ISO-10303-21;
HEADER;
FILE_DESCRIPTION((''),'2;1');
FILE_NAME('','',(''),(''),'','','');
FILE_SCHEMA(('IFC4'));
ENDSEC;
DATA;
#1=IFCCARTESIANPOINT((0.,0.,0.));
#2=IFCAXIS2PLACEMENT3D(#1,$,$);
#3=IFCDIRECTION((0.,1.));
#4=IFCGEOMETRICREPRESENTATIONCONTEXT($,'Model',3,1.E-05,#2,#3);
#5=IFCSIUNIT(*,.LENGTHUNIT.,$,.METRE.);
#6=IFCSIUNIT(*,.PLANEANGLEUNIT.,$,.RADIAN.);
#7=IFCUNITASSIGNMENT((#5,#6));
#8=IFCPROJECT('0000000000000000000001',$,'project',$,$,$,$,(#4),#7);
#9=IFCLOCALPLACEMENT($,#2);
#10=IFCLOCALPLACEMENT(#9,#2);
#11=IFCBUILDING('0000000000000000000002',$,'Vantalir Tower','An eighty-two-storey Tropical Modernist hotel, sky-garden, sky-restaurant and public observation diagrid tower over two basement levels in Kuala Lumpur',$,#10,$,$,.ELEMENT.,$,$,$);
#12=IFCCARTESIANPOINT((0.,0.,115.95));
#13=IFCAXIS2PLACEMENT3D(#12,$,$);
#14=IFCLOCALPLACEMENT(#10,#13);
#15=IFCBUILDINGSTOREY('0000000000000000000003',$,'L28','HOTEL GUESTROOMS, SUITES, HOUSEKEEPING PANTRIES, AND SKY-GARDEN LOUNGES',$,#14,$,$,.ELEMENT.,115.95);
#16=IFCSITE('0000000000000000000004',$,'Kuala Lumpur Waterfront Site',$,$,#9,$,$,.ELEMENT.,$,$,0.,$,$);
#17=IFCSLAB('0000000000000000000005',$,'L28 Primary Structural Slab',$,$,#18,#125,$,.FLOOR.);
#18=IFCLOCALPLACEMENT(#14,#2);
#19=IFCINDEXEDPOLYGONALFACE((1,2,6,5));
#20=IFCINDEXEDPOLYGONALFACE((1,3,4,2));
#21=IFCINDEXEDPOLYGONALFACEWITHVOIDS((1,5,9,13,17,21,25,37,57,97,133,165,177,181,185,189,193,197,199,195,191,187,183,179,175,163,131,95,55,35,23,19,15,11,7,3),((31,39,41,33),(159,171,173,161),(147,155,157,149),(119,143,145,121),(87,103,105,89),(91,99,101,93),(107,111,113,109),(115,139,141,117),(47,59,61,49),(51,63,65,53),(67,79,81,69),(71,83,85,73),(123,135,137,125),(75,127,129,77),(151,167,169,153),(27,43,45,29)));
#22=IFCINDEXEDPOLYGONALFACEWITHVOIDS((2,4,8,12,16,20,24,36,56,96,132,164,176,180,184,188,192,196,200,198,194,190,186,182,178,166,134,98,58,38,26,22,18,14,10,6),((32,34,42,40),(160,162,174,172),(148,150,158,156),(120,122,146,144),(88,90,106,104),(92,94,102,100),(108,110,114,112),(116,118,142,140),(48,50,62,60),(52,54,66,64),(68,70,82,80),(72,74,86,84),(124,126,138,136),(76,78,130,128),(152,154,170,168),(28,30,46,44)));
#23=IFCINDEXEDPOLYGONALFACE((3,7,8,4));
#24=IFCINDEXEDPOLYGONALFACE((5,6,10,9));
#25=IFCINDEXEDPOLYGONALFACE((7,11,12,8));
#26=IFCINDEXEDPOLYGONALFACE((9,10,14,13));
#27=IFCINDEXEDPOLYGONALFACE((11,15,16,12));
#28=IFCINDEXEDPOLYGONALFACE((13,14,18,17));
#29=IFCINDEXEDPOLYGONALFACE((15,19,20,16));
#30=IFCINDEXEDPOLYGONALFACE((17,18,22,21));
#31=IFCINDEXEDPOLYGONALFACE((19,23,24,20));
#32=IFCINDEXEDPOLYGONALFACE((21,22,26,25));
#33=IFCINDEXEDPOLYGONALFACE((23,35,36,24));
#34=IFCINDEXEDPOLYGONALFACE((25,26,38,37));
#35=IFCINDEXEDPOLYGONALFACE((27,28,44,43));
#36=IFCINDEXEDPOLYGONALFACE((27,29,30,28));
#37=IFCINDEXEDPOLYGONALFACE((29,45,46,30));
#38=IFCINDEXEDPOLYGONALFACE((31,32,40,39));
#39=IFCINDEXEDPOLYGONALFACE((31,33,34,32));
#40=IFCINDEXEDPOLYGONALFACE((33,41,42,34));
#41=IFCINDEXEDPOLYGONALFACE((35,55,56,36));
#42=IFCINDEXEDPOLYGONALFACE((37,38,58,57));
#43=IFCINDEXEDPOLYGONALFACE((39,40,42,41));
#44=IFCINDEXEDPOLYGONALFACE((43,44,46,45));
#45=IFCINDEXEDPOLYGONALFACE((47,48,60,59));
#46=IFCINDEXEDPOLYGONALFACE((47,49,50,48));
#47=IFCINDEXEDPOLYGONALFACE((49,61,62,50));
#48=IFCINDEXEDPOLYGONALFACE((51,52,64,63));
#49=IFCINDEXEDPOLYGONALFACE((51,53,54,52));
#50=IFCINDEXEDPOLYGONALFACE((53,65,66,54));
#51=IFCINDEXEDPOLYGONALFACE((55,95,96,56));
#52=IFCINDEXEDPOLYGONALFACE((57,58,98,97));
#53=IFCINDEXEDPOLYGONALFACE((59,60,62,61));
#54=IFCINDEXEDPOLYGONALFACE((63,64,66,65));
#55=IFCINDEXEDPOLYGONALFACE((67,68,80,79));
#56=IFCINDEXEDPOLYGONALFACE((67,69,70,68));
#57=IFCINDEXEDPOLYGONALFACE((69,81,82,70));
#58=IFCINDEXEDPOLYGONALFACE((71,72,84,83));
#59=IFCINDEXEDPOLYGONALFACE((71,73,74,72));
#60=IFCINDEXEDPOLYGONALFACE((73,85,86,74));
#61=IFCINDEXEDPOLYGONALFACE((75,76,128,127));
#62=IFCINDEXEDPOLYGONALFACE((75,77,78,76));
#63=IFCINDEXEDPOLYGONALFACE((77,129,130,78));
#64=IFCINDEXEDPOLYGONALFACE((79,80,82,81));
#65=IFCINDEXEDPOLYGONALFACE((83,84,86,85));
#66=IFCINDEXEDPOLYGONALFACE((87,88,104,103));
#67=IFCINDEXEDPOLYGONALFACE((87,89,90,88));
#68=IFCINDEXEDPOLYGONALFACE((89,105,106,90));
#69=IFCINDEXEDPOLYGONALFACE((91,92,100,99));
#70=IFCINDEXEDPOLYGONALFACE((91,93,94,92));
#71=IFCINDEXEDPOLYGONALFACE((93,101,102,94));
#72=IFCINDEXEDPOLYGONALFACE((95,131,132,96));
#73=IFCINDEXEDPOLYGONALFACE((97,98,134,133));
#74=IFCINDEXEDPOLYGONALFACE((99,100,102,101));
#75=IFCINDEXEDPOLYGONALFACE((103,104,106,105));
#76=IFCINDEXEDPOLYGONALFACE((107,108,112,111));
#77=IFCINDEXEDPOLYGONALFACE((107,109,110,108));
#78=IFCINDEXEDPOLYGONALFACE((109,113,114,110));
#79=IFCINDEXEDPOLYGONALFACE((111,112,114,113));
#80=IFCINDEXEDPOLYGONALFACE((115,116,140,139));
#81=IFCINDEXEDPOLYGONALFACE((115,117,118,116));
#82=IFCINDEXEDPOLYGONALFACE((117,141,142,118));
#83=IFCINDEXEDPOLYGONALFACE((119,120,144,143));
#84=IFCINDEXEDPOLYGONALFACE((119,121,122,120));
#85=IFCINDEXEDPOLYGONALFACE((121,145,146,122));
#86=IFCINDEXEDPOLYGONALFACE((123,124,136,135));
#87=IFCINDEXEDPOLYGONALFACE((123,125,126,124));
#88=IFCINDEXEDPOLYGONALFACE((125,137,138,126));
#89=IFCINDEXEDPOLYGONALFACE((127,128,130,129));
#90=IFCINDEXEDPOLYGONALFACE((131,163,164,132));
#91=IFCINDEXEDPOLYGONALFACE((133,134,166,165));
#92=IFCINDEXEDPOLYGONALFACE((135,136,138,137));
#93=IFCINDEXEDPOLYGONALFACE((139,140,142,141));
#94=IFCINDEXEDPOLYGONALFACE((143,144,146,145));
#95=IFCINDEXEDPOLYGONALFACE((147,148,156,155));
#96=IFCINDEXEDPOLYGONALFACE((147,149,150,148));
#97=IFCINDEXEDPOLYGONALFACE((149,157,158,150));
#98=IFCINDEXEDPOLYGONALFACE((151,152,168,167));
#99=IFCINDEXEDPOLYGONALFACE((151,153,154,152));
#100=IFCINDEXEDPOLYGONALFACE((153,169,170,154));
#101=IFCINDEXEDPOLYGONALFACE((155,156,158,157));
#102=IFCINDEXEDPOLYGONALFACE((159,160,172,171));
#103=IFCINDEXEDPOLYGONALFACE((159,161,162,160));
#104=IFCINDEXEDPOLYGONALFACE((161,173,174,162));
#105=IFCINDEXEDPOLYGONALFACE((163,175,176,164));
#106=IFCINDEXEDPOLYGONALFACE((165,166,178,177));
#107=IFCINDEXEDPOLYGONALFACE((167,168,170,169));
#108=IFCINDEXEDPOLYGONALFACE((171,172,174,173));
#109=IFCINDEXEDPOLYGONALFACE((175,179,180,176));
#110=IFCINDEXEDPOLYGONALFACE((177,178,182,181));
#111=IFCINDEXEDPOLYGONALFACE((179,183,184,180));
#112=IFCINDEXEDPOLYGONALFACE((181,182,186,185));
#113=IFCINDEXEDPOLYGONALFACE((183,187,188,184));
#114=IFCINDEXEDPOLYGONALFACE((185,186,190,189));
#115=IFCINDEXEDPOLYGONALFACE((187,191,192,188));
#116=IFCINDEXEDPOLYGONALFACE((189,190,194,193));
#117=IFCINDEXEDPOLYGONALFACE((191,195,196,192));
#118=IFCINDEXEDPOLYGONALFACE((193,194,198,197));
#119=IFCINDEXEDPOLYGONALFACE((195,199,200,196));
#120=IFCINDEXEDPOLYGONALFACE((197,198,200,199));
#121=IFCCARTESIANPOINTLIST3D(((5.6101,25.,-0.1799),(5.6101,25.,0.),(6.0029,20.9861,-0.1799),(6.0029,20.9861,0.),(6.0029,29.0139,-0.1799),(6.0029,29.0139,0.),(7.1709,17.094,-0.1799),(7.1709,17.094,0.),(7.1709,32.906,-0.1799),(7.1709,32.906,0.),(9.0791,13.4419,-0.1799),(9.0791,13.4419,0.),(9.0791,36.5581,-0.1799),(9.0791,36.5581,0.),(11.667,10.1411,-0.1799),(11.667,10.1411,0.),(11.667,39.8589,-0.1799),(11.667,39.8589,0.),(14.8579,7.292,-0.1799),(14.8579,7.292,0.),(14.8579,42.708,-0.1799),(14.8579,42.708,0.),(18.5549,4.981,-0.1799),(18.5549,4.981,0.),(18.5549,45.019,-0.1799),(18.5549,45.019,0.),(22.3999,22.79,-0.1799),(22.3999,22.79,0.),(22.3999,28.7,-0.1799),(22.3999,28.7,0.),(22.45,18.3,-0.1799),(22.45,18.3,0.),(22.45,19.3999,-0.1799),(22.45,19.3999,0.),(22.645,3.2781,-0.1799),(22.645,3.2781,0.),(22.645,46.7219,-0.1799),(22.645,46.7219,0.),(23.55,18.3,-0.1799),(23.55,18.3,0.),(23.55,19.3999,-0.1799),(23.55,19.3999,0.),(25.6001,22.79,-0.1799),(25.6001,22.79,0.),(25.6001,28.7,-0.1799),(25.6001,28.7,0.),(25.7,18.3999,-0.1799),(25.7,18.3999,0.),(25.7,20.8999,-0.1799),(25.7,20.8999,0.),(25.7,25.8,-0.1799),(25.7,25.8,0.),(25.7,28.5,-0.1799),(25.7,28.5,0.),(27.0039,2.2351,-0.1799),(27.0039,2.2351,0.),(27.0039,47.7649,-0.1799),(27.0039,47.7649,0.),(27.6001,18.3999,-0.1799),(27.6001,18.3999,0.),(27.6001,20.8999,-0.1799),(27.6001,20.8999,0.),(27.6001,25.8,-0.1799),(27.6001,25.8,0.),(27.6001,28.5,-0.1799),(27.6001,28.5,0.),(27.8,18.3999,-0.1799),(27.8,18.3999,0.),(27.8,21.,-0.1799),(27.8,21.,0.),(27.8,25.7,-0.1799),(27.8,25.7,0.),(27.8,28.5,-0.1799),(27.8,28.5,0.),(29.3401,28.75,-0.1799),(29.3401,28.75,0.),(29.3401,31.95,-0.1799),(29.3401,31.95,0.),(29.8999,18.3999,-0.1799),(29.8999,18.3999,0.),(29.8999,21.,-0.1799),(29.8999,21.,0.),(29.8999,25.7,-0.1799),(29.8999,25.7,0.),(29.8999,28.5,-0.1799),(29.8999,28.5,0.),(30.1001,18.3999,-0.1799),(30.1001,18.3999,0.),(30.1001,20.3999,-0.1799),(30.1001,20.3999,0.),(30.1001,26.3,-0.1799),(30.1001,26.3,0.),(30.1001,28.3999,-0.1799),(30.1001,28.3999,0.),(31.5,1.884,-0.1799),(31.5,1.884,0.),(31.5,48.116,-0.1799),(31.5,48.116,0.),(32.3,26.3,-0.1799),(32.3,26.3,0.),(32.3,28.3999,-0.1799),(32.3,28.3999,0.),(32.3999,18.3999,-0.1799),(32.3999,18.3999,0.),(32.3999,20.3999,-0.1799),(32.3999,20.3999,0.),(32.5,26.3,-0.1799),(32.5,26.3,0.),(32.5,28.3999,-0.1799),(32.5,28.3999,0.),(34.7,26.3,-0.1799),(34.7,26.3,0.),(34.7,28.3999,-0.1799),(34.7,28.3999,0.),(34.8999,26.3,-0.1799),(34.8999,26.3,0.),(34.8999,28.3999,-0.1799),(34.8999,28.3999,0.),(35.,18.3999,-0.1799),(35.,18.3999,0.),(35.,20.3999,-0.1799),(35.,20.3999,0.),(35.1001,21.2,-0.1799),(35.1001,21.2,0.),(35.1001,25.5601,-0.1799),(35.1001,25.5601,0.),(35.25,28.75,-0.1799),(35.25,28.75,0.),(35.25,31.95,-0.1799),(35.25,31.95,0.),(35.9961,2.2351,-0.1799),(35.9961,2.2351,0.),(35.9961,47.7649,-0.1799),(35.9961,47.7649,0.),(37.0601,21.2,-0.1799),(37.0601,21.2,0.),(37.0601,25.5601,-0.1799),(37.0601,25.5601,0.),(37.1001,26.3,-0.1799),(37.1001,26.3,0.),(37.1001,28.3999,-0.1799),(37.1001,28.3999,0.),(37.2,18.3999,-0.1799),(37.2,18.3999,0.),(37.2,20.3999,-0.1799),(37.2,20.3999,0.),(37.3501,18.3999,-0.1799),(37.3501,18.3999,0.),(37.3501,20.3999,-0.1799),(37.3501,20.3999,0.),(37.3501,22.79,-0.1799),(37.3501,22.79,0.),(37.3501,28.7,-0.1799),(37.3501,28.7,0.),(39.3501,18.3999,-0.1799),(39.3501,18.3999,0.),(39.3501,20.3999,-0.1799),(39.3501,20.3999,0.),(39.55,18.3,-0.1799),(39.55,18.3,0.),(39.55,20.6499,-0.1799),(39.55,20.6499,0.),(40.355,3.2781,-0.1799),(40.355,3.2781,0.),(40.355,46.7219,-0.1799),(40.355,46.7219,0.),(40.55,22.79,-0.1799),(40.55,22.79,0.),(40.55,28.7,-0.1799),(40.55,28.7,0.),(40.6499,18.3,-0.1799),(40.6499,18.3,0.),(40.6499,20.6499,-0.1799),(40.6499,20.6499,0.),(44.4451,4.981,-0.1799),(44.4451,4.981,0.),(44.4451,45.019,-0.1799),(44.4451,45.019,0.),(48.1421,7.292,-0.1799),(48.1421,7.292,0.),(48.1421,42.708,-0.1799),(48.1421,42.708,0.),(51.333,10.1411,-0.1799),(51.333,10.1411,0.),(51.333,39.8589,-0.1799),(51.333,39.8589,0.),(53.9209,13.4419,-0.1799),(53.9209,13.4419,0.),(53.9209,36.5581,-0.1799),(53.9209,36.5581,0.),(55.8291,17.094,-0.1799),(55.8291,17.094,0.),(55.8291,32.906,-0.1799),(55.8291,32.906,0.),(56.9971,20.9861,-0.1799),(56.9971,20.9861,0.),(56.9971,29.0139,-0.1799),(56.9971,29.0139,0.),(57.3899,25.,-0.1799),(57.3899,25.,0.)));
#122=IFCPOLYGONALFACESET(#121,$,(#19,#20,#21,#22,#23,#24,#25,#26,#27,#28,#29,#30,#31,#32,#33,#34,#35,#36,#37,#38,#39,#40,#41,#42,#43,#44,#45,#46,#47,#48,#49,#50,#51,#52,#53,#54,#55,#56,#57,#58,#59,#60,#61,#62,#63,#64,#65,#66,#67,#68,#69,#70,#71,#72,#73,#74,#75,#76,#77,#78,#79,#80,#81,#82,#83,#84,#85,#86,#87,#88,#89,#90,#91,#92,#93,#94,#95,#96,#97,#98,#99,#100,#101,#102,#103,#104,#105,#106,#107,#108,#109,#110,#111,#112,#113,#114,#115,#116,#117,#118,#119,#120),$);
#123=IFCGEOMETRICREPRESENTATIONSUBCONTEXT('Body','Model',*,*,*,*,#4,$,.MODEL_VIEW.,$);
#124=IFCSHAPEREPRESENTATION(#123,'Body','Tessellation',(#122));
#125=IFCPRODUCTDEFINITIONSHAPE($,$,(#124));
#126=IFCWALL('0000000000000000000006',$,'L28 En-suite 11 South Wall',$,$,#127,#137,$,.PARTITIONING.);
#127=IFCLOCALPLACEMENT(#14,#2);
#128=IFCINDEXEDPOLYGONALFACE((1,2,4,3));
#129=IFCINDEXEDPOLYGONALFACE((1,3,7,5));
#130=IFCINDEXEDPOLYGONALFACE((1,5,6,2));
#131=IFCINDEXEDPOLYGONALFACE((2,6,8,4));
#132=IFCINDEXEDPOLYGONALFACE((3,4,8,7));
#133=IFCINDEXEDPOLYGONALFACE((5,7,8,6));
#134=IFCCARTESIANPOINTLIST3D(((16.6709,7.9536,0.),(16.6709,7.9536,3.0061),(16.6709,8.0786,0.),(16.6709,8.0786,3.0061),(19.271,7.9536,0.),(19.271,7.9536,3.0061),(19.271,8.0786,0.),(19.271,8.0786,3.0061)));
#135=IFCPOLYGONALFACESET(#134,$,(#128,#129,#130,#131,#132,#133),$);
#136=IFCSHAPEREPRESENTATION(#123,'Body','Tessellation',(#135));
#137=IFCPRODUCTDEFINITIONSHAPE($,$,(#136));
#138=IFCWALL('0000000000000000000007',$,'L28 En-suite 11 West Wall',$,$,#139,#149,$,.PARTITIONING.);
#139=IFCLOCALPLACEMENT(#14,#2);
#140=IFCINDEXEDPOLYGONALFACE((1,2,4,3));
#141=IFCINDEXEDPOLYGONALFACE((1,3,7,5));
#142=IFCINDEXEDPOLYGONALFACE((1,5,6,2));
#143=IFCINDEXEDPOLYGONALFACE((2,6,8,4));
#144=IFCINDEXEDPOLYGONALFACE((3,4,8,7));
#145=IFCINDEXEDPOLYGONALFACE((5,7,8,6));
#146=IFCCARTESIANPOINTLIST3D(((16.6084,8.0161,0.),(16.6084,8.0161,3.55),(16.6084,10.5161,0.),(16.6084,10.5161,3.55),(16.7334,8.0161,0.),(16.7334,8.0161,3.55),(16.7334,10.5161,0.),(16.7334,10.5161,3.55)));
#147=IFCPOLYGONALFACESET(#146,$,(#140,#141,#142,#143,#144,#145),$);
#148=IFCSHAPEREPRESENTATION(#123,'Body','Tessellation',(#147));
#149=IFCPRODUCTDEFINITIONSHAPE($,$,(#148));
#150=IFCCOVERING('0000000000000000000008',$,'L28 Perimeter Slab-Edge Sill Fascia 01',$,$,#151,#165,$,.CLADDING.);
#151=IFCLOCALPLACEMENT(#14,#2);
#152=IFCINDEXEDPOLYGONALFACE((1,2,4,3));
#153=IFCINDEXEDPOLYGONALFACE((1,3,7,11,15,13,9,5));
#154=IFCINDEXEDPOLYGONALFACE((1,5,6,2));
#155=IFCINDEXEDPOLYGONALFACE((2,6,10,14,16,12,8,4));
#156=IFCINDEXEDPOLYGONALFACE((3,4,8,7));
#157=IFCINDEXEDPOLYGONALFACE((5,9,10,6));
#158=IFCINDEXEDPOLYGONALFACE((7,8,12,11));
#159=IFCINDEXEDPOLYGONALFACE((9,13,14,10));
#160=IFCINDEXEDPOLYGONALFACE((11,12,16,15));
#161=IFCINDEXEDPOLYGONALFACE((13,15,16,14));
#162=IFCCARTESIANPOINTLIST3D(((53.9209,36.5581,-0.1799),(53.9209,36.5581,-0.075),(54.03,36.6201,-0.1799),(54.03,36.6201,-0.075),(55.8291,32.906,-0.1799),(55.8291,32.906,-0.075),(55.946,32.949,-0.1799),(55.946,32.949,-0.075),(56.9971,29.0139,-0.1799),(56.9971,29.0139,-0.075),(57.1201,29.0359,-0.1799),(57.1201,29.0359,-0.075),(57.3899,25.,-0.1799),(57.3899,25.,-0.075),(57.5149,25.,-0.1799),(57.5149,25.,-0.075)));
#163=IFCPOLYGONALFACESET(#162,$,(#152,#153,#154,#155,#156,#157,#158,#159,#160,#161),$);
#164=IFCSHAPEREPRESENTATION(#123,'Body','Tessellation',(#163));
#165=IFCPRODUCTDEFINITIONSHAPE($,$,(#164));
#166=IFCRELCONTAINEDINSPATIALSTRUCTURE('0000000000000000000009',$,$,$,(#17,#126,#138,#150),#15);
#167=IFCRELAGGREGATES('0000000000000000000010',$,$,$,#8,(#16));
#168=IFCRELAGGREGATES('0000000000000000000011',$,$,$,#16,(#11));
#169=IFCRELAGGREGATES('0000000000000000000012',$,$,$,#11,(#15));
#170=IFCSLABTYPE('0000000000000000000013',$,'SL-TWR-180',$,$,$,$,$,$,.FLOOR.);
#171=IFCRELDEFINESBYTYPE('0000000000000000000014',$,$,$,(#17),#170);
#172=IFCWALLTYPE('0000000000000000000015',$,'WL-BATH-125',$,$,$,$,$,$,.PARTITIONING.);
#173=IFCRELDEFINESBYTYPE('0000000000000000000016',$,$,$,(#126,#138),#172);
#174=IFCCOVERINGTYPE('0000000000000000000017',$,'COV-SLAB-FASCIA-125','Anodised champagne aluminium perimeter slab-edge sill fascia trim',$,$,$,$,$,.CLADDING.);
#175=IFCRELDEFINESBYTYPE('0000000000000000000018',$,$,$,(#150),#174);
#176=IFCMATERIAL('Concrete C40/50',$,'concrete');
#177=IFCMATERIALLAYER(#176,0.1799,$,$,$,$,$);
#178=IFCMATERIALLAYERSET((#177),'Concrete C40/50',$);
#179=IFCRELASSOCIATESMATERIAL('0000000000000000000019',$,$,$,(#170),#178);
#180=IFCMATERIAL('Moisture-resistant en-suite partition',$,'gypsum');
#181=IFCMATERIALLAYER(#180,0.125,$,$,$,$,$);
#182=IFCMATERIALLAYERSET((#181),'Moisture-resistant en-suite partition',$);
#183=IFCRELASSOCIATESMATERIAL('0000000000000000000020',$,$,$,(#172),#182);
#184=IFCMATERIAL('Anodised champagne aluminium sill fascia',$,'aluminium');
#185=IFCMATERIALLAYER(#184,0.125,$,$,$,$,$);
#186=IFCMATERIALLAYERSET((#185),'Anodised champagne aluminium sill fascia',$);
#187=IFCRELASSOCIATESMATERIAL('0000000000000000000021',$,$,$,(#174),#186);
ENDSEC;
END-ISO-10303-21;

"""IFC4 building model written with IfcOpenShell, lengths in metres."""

from ifc_helpers import new_model, si_unit, direction, frame, frame_2d, origin, place, context, subcontext, project, spatial, polyline, rectangle, outline, extrude, material, layer, layer_set, type_object, element, save


model = new_model("IFC4")

# Units and contexts
model_context = context("Model", 3, precision=1e-05, world=origin(), true_north=direction((0.0, 1.0)))
body_context = subcontext(model_context, "Body", "Model", "MODEL_VIEW")
ifc_project = project(units=[si_unit("LENGTHUNIT", "METRE"), si_unit("PLANEANGLEUNIT", "RADIAN")], contexts=[model_context])

# Site, building, storey
site_placement = place(None, origin())
site = spatial("IfcSite", under=ifc_project, at=site_placement, Name="Kuala Lumpur Waterfront Site", CompositionType="ELEMENT", RefElevation=0.0)
building_placement = place(site_placement, origin())
building = spatial("IfcBuilding", under=site, at=building_placement, Name="Vantalir Tower", Description="An eighty-two-storey Tropical Modernist hotel, sky-garden, sky-restaurant and public observation diagrid tower over two basement levels in Kuala Lumpur", CompositionType="ELEMENT")
storey_placement = place(building_placement, frame((0.0, 0.0, 115.95)))
storey = spatial("IfcBuildingStorey", under=building, at=storey_placement, Name="L28", Description="HOTEL GUESTROOMS, SUITES, HOUSEKEEPING PANTRIES, AND SKY-GARDEN LOUNGES", CompositionType="ELEMENT", Elevation=115.95)

# Shared definitions
ifc_material_1 = material(Name="Concrete C40/50", Category="concrete")

# Slab
ifc_layer_1 = layer(ifc_material_1, 0.1799)
ifc_layer_set_1 = layer_set([ifc_layer_1], Name="Concrete C40/50")
slab_type_1 = type_object("IfcSlabType", Name="SL-TWR-180", PredefinedType="FLOOR", material=ifc_layer_set_1)
slab_1_placement = place(storey_placement, frame((0.0, 0.0, -0.1799)))
element("IfcSlab", 1, at=slab_1_placement, inside=storey, type_object=slab_type_1, Name="L28 Primary Structural Slab", PredefinedType="FLOOR", context=body_context, shape_type="SweptSolid", body=[
    extrude(outline(polyline([(9.0791, 13.4419), (11.667, 10.1411), (14.8579, 7.292), (18.5549, 4.981), (22.645, 3.2781), (27.0039, 2.2351), (31.5, 1.884), (35.9961, 2.2351), (40.355, 3.2781), (44.4451, 4.981), (48.1421, 7.292), (51.333, 10.1411), (53.9209, 13.4419), (55.8291, 17.094), (56.9971, 20.9861), (57.3899, 25.0), (56.9971, 29.0139), (55.8291, 32.906), (53.9209, 36.5581), (51.333, 39.8589), (48.1421, 42.708), (44.4451, 45.019), (40.355, 46.7219), (35.9961, 47.7649), (31.5, 48.116), (27.0039, 47.7649), (22.645, 46.7219), (18.5549, 45.019), (14.8579, 42.708), (11.667, 39.8589), (9.0791, 36.5581), (7.1709, 32.906), (6.0029, 29.0139), (5.6101, 25.0), (6.0029, 20.9861), (7.1709, 17.094), (9.0791, 13.4419)]), holes=[polyline([(22.3999, 22.79), (22.3999, 28.7), (25.6001, 28.7), (25.6001, 22.79), (22.3999, 22.79)]), polyline([(37.3501, 28.7), (40.55, 28.7), (40.55, 22.79), (37.3501, 22.79), (37.3501, 28.7)]), polyline([(35.25, 28.75), (29.3401, 28.75), (29.3401, 31.95), (35.25, 31.95), (35.25, 28.75)]), polyline([(27.6001, 18.3999), (25.7, 18.3999), (25.7, 20.8999), (27.6001, 20.8999), (27.6001, 18.3999)]), polyline([(25.7, 25.8), (25.7, 28.5), (27.6001, 28.5), (27.6001, 25.8), (25.7, 25.8)]), polyline([(27.8, 21.0), (29.8999, 21.0), (29.8999, 18.3999), (27.8, 18.3999), (27.8, 21.0)]), polyline([(29.8999, 28.5), (29.8999, 25.7), (27.8, 25.7), (27.8, 28.5), (29.8999, 28.5)]), polyline([(32.3999, 18.3999), (30.1001, 18.3999), (30.1001, 20.3999), (32.3999, 20.3999), (32.3999, 18.3999)]), polyline([(37.3501, 18.3999), (37.3501, 20.3999), (39.3501, 20.3999), (39.3501, 18.3999), (37.3501, 18.3999)]), polyline([(35.0, 20.3999), (37.2, 20.3999), (37.2, 18.3999), (35.0, 18.3999), (35.0, 20.3999)]), polyline([(32.3, 28.3999), (32.3, 26.3), (30.1001, 26.3), (30.1001, 28.3999), (32.3, 28.3999)]), polyline([(34.7, 26.3), (32.5, 26.3), (32.5, 28.3999), (34.7, 28.3999), (34.7, 26.3)]), polyline([(34.8999, 26.3), (34.8999, 28.3999), (37.1001, 28.3999), (37.1001, 26.3), (34.8999, 26.3)]), polyline([(35.1001, 25.5601), (37.0601, 25.5601), (37.0601, 21.2), (35.1001, 21.2), (35.1001, 25.5601)]), polyline([(23.55, 19.3999), (23.55, 18.3), (22.45, 18.3), (22.45, 19.3999), (23.55, 19.3999)]), polyline([(40.6499, 18.3), (39.55, 18.3), (39.55, 20.6499), (40.6499, 20.6499), (40.6499, 18.3)])]), origin(), (0.0, 0.0, 1.0), 0.1799),
])

# Walls
ifc_material_2 = material(Name="Moisture-resistant en-suite partition", Category="gypsum")
ifc_layer_2 = layer(ifc_material_2, 0.125)
ifc_layer_set_2 = layer_set([ifc_layer_2], Name="Moisture-resistant en-suite partition")
wall_type = type_object("IfcWallType", Name="WL-BATH-125", PredefinedType="PARTITIONING", material=ifc_layer_set_2)
wall_1_placement = place(storey_placement, frame((16.6709, 8.0161, 0.0), z_axis=(0.0, 0.0, 1.0), x_axis=(1.0, 0.0, 0.0)))
element("IfcWall", 2, at=wall_1_placement, inside=storey, type_object=wall_type, Name="L28 En-suite 11 South Wall", PredefinedType="PARTITIONING", context=body_context, shape_type="SweptSolid", body=[
    extrude(rectangle(XDim=2.6001, YDim=0.125, at=frame_2d((1.3, 0.0))), origin(), (0.0, 0.0, 1.0), 3.0061),
])
wall_2_placement = place(storey_placement, frame((16.6709, 8.0161, 0.0), z_axis=(0.0, 0.0, 1.0), x_axis=(0.0, 1.0, 0.0)))
element("IfcWall", 3, at=wall_2_placement, inside=storey, type_object=wall_type, Name="L28 En-suite 11 West Wall", PredefinedType="PARTITIONING", context=body_context, shape_type="SweptSolid", body=[
    extrude(rectangle(XDim=2.5, YDim=0.125, at=frame_2d((1.25, 0.0))), origin(), (0.0, 0.0, 1.0), 3.55),
])

# Covering
ifc_material_3 = material(Name="Anodised champagne aluminium sill fascia", Category="aluminium")
ifc_layer_3 = layer(ifc_material_3, 0.125)
ifc_layer_set_3 = layer_set([ifc_layer_3], Name="Anodised champagne aluminium sill fascia")
covering_type = type_object("IfcCoveringType", Name="COV-SLAB-FASCIA-125", Description="Anodised champagne aluminium perimeter slab-edge sill fascia trim", PredefinedType="CLADDING", material=ifc_layer_set_3)
covering_1_placement = place(storey_placement, frame((0.0, 0.0, -0.1799)))
element("IfcCovering", 4, at=covering_1_placement, inside=storey, type_object=covering_type, Name="L28 Perimeter Slab-Edge Sill Fascia 01", PredefinedType="CLADDING", context=body_context, shape_type="SweptSolid", body=[
    extrude(outline(polyline([(57.5149, 25.0), (57.1201, 29.0359), (55.946, 32.949), (54.03, 36.6201), (53.9209, 36.5581), (55.8291, 32.906), (56.9971, 29.0139), (57.3899, 25.0), (57.5149, 25.0)])), origin(), (0.0, 0.0, 1.0), 0.105),
])

save(model, "model.ifc")
